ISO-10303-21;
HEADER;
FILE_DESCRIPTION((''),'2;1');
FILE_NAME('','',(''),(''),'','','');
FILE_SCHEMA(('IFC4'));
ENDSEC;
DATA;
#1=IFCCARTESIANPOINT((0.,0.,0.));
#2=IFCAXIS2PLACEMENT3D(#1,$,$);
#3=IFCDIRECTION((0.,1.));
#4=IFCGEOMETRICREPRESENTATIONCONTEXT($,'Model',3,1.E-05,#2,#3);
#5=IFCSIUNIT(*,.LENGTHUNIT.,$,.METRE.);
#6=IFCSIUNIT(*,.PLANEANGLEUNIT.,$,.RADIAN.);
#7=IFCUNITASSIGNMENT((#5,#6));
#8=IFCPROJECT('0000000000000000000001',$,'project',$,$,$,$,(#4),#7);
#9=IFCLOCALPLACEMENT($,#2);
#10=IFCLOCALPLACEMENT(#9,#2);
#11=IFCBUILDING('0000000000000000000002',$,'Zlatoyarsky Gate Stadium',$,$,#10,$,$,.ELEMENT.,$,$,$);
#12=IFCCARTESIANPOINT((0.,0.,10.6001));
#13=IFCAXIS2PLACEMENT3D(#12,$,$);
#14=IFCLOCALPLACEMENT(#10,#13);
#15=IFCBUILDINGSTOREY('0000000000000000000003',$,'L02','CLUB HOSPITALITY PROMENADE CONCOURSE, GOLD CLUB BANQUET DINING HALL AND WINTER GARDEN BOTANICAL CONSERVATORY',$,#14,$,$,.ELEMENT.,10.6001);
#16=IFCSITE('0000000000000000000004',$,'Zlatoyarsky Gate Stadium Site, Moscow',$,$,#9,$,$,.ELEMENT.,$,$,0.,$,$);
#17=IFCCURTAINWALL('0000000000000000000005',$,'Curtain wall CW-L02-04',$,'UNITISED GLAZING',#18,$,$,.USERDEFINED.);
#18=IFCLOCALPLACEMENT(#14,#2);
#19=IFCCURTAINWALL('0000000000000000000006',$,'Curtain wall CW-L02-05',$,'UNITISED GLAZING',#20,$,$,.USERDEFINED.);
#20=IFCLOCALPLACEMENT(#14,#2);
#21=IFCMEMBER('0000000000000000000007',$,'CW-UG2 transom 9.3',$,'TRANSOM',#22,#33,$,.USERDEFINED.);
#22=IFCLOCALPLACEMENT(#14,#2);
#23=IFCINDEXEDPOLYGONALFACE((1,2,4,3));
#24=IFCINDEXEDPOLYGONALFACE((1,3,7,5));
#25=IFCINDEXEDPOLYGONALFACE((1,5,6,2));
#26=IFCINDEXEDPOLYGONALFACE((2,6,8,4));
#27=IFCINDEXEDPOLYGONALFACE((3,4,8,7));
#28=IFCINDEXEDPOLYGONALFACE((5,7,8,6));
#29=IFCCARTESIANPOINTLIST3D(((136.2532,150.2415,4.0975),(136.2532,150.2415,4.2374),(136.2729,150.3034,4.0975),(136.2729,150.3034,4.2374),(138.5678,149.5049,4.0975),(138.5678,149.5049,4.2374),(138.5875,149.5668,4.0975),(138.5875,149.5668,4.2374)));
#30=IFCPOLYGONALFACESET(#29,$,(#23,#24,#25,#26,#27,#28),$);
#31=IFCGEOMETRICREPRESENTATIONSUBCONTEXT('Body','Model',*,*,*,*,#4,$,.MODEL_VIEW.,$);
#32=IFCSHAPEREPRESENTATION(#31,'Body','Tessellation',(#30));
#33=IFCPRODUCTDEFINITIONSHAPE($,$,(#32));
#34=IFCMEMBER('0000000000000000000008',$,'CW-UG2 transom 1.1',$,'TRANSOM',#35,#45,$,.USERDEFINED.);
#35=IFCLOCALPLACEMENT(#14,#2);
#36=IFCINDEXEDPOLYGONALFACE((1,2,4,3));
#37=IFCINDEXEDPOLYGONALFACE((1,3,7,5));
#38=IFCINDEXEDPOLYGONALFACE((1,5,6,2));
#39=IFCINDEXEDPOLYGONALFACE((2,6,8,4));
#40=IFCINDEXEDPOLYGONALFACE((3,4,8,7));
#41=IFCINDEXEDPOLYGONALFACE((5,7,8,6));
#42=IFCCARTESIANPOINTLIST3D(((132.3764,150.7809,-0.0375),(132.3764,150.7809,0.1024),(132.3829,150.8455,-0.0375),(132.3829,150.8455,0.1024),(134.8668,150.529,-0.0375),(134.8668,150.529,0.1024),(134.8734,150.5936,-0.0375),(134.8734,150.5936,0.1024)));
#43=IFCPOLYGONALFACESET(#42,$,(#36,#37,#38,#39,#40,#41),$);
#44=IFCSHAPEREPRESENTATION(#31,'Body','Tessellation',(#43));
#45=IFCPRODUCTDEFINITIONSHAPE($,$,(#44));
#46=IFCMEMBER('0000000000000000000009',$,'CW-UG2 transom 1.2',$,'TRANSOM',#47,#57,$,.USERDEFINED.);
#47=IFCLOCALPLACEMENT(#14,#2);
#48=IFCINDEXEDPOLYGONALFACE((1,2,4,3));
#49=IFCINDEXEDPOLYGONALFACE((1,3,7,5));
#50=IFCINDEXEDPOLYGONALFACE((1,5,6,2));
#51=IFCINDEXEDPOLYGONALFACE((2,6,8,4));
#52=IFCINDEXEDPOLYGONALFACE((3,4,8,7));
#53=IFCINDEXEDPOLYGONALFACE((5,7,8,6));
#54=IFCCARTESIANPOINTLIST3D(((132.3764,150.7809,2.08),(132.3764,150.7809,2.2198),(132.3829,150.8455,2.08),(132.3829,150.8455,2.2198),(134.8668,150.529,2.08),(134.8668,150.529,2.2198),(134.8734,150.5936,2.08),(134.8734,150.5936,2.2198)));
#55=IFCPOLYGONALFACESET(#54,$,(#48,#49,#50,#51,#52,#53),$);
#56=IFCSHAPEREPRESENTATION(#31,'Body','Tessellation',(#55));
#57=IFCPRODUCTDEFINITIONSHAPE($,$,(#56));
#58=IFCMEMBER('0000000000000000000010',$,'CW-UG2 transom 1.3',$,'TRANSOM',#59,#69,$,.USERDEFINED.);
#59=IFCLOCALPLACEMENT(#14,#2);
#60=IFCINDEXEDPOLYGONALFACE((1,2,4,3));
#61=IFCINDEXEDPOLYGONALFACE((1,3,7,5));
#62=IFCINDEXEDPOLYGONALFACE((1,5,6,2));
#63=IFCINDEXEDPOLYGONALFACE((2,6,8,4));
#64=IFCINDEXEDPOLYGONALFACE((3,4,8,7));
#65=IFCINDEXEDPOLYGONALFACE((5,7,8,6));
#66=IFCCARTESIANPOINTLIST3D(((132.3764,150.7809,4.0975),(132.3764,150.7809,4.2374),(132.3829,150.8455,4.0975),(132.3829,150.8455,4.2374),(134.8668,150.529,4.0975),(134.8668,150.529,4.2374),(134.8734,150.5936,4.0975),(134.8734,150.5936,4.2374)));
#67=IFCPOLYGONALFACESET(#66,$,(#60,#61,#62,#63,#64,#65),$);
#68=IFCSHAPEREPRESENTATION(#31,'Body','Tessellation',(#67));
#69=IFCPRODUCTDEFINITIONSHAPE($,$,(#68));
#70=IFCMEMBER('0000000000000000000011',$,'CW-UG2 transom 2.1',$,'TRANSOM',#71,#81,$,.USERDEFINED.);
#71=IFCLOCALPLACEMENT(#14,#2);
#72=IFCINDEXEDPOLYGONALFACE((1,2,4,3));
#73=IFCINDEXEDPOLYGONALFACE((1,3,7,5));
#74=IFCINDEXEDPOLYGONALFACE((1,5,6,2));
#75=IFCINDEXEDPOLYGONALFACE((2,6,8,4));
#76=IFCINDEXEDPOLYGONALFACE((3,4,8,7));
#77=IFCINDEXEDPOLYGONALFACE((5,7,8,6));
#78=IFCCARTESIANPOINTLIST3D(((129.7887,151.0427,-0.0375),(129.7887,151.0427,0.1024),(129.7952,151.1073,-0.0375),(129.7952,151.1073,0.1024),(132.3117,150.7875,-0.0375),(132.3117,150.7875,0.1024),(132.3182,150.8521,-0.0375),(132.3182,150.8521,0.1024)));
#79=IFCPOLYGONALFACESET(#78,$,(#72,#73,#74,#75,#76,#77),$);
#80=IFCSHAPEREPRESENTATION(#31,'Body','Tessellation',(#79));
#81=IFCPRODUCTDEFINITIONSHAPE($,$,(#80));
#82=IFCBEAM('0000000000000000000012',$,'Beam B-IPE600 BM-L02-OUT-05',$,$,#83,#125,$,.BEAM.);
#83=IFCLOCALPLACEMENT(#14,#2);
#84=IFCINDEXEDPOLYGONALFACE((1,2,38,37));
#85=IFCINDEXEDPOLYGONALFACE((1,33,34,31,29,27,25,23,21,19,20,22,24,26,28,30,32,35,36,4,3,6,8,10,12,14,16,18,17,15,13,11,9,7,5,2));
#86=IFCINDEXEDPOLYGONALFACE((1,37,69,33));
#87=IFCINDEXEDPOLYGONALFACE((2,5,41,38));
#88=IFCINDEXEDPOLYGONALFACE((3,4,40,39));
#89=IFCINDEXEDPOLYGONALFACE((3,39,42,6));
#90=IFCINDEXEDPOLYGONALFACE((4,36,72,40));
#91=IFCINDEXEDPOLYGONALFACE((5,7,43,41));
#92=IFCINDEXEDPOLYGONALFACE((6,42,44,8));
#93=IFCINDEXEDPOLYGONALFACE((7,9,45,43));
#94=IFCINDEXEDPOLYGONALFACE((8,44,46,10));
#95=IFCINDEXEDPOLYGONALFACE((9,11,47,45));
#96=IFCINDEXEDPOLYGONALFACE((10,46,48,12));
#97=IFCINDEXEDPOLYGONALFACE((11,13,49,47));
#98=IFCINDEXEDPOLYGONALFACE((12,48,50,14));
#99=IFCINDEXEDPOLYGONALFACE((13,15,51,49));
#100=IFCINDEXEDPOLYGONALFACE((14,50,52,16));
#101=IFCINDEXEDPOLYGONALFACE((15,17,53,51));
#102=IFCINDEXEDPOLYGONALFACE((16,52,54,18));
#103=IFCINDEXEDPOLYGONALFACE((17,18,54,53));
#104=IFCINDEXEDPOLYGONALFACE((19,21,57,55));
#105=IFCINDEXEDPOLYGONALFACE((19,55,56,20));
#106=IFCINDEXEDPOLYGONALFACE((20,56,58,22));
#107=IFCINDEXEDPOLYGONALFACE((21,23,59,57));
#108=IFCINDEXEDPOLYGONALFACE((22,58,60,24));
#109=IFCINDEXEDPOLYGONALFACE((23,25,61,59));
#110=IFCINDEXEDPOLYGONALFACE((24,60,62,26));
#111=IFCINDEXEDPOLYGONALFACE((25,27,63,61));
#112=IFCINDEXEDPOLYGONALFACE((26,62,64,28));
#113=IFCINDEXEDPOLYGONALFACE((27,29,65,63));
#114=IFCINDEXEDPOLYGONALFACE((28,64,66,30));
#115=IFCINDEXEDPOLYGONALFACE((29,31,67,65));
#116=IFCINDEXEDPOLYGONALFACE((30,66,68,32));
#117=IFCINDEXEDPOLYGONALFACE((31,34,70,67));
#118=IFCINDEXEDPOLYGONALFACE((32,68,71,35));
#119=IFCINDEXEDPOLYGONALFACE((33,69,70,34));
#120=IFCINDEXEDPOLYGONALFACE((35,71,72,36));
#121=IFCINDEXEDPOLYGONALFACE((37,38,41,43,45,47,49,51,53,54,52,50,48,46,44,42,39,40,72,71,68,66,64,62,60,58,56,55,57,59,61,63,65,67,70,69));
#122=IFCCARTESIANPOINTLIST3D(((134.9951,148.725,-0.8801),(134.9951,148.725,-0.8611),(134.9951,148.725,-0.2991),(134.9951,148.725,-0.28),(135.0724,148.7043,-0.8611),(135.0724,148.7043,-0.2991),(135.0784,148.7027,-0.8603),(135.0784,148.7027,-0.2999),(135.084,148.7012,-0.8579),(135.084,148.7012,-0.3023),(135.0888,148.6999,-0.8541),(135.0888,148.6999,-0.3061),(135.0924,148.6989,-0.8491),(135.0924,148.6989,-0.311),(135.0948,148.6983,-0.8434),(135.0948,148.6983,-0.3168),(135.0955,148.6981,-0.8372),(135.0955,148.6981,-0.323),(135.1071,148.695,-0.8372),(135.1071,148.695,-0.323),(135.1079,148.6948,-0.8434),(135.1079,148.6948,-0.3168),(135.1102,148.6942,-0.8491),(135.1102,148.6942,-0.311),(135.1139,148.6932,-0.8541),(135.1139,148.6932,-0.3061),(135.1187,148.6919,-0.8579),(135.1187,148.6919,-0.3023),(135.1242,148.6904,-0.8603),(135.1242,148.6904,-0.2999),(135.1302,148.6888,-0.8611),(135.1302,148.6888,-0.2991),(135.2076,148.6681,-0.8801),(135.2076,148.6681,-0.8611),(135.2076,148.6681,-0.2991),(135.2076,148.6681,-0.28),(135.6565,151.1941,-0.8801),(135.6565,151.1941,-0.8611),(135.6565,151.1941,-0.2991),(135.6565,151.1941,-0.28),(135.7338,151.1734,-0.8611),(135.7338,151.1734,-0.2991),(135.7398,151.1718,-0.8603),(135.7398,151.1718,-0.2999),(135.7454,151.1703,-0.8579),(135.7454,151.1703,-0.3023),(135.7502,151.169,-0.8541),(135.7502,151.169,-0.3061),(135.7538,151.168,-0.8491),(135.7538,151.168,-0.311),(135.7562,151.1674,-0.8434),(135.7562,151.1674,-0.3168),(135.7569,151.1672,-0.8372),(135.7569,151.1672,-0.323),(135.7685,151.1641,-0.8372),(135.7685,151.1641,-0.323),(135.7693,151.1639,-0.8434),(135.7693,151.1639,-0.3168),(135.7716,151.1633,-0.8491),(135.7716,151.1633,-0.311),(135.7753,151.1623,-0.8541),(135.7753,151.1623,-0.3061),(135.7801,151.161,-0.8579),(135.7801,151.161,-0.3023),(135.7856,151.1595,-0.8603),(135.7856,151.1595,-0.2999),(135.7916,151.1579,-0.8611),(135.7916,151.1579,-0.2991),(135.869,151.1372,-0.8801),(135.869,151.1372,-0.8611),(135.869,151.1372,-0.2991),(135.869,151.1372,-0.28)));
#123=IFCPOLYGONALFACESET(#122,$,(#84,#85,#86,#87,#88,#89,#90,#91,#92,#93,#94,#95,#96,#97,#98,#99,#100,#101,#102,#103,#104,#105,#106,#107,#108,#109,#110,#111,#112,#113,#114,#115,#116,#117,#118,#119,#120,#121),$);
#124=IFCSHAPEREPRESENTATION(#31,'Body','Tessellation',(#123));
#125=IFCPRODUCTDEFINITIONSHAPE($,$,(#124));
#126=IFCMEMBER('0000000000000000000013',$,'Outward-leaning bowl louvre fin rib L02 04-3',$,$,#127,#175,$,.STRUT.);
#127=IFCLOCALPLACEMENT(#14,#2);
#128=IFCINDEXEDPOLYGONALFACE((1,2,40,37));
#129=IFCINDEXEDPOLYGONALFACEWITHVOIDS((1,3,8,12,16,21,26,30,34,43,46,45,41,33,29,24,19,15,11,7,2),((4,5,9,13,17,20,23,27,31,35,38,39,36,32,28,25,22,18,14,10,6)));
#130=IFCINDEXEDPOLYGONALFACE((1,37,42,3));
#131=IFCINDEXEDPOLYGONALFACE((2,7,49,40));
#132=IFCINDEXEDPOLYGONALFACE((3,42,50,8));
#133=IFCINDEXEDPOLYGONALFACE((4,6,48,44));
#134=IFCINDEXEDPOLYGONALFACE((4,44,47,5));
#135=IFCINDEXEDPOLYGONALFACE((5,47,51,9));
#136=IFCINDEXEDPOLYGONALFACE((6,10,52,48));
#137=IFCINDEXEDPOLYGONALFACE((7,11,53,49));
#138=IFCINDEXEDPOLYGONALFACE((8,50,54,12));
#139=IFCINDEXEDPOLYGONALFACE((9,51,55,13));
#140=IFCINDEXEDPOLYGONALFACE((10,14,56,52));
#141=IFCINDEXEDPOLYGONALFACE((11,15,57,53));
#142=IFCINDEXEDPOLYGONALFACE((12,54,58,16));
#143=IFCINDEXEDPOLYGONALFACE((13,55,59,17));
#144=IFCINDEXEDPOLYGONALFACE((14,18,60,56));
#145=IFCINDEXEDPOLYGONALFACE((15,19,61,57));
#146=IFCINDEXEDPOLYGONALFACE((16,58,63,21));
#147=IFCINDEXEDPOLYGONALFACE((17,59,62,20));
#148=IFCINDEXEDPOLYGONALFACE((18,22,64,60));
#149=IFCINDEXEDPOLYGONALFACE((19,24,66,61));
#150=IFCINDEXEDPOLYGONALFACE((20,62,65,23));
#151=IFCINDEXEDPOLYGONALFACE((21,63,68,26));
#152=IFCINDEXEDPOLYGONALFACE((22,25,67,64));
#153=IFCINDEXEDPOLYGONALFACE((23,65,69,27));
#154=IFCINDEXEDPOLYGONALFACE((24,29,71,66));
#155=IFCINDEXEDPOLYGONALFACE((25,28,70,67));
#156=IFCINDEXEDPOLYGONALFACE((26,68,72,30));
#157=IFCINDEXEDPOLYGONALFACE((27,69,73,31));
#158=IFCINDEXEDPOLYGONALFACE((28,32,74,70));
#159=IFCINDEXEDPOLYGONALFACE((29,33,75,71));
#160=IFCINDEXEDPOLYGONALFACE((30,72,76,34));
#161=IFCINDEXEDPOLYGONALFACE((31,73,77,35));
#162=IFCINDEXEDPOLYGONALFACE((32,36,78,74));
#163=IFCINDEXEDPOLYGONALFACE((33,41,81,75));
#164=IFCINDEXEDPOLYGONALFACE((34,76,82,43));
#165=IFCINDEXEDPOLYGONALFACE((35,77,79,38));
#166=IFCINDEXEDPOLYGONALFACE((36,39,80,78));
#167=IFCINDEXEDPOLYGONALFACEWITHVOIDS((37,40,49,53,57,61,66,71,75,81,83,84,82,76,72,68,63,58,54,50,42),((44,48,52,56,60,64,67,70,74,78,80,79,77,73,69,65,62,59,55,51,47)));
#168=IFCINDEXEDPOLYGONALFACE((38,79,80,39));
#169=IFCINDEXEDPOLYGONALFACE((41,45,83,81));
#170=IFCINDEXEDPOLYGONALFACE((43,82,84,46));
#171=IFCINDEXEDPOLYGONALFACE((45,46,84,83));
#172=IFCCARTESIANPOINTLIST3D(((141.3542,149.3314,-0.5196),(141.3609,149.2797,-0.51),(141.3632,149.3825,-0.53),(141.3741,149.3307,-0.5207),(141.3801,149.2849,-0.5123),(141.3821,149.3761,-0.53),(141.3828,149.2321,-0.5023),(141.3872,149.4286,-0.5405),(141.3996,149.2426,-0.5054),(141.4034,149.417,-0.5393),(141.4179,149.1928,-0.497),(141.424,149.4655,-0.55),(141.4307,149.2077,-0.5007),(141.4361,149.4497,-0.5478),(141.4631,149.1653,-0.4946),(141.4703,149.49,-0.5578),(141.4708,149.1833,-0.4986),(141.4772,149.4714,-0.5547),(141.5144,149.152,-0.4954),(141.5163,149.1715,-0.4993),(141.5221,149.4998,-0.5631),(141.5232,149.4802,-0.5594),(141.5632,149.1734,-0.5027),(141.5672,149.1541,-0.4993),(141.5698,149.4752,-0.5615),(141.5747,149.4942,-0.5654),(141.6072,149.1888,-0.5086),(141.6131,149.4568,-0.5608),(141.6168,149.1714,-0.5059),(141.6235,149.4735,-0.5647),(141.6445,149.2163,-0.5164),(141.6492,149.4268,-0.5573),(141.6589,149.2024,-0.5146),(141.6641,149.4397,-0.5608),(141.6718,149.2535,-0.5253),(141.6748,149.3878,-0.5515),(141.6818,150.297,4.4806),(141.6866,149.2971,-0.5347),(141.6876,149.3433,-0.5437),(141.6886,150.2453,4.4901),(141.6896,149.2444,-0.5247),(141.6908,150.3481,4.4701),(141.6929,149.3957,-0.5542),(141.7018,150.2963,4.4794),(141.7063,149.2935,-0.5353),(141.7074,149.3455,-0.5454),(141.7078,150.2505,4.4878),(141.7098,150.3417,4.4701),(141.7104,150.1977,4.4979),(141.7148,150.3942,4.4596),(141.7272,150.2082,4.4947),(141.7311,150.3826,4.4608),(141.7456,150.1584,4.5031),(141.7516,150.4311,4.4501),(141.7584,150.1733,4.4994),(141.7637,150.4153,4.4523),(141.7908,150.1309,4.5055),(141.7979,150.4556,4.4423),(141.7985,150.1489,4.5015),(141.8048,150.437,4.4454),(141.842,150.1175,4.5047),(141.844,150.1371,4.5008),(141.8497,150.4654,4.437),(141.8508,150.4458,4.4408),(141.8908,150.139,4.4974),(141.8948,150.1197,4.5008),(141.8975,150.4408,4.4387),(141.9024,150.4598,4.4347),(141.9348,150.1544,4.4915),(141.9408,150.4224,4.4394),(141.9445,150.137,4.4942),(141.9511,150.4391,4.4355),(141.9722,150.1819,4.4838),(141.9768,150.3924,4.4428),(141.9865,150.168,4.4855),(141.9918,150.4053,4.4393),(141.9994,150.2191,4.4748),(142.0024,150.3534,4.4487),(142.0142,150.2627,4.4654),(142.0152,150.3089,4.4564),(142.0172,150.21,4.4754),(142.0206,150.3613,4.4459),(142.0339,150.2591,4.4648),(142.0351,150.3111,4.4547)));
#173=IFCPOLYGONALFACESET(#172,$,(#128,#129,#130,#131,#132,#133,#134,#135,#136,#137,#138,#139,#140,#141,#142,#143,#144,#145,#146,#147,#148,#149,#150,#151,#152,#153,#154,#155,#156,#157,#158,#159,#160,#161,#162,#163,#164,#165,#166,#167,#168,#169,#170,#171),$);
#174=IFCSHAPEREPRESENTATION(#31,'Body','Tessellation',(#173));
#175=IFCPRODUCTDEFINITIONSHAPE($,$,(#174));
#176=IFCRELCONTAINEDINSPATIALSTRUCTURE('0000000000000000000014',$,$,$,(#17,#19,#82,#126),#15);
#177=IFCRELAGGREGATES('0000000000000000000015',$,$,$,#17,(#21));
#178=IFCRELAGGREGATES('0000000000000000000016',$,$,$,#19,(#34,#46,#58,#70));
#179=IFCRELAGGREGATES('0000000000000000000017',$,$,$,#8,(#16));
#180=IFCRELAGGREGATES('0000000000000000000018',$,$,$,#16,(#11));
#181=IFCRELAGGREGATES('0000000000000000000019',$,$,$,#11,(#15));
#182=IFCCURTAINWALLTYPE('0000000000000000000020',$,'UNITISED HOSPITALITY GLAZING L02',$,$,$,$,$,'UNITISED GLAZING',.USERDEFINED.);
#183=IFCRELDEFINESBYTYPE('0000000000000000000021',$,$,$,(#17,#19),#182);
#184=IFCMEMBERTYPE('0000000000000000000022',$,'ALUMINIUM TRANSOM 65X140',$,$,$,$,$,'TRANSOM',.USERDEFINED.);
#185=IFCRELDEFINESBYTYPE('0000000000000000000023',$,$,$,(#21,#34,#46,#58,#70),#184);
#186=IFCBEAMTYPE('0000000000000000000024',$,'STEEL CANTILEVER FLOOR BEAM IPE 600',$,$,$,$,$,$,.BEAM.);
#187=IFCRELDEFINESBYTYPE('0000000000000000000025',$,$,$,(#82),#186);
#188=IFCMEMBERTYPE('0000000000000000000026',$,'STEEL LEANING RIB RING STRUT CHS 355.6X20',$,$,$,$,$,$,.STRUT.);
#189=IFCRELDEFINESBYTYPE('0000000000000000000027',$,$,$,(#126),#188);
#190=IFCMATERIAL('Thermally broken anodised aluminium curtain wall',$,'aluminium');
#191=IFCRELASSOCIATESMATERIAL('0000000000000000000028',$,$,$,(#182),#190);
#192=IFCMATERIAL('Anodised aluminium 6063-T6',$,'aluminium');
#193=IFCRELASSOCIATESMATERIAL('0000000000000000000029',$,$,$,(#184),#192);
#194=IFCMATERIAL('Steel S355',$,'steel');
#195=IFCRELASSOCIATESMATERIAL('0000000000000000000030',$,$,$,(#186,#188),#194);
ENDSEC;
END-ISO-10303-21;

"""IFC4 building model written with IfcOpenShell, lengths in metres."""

from ifc_helpers import new_model, si_unit, direction, frame, origin, origin_2d, place, context, subcontext, project, spatial, rectangle, hollow_circle, i_section, extrude, material, material_profile, profile_set, type_object, element, aggregate, save


model = new_model("IFC4")

# Units and contexts
model_context = context("Model", 3, precision=1e-05, world=origin(), true_north=direction((0.0, 1.0)))
body_context = subcontext(model_context, "Body", "Model", "MODEL_VIEW")
ifc_project = project(units=[si_unit("LENGTHUNIT", "METRE"), si_unit("PLANEANGLEUNIT", "RADIAN")], contexts=[model_context])

# Site, building, storey
site_placement = place(None, origin())
site = spatial("IfcSite", under=ifc_project, at=site_placement, Name="Zlatoyarsky Gate Stadium Site, Moscow", CompositionType="ELEMENT", RefElevation=0.0)
building_placement = place(site_placement, origin())
building = spatial("IfcBuilding", under=site, at=building_placement, Name="Zlatoyarsky Gate Stadium", CompositionType="ELEMENT")
storey_placement = place(building_placement, frame((0.0, 0.0, 10.6001)))
storey = spatial("IfcBuildingStorey", under=building, at=storey_placement, Name="L02", Description="CLUB HOSPITALITY PROMENADE CONCOURSE, GOLD CLUB BANQUET DINING HALL AND WINTER GARDEN BOTANICAL CONSERVATORY", CompositionType="ELEMENT", Elevation=10.6001)

# Shared definitions
ifc_material_1 = material(Name="Steel S355", Category="steel")

# Curtain walls
ifc_material_2 = material(Name="Thermally broken anodised aluminium curtain wall", Category="aluminium")
curtain_wall_type = type_object("IfcCurtainWallType", Name="UNITISED HOSPITALITY GLAZING L02", ElementType="UNITISED GLAZING", PredefinedType="USERDEFINED", material=ifc_material_2)
curtain_wall_1_placement = place(storey_placement, origin())
curtain_wall_1 = element("IfcCurtainWall", 1, at=curtain_wall_1_placement, inside=storey, type_object=curtain_wall_type, Name="Curtain wall CW-L02-04", ObjectType="UNITISED GLAZING", PredefinedType="USERDEFINED")
ifc_material_3 = material(Name="Anodised aluminium 6063-T6", Category="aluminium")
curtain_wall_2_placement = place(storey_placement, origin())
curtain_wall_2 = element("IfcCurtainWall", 2, at=curtain_wall_2_placement, inside=storey, type_object=curtain_wall_type, Name="Curtain wall CW-L02-05", ObjectType="UNITISED GLAZING", PredefinedType="USERDEFINED")

# Members
ifc_material_profile_1 = material_profile(ifc_material_3, rectangle(XDim=0.0649, YDim=0.1399, at=origin_2d()), Name="ALU 65X140")
ifc_profile_set_1 = profile_set([ifc_material_profile_1], Name="Anodised aluminium 6063-T6")
member_type_1 = type_object("IfcMemberType", Name="ALUMINIUM TRANSOM 65X140", ElementType="TRANSOM", PredefinedType="USERDEFINED", material=ifc_profile_set_1)
member_1_placement = place(storey_placement, frame((138.5776, 149.5359, 4.1675), z_axis=(-0.952917, 0.303233, 0.0), x_axis=(-0.303233, -0.952917, 0.0)))
member_1 = element("IfcMember", 3, at=member_1_placement, type_object=member_type_1, Name="CW-UG2 transom 9.3", ObjectType="TRANSOM", PredefinedType="USERDEFINED", context=body_context, shape_type="SweptSolid", body=[
    extrude(rectangle(XDim=0.0649, YDim=0.1399, at=origin_2d()), origin(), (0.0, 0.0, 1.0), 2.429),
])
member_2_placement = place(storey_placement, frame((134.8701, 150.5613, 0.0325), z_axis=(-0.994922, 0.100653, 0.0), x_axis=(-0.100653, -0.994922, 0.0)))
member_2 = element("IfcMember", 4, at=member_2_placement, type_object=member_type_1, Name="CW-UG2 transom 1.1", ObjectType="TRANSOM", PredefinedType="USERDEFINED", context=body_context, shape_type="SweptSolid", body=[
    extrude(rectangle(XDim=0.0649, YDim=0.1399, at=origin_2d()), origin(), (0.0, 0.0, 1.0), 2.5032),
])
member_3_placement = place(storey_placement, frame((134.8701, 150.5613, 2.1499), z_axis=(-0.994922, 0.100653, 0.0), x_axis=(-0.100653, -0.994922, 0.0)))
member_3 = element("IfcMember", 5, at=member_3_placement, type_object=member_type_1, Name="CW-UG2 transom 1.2", ObjectType="TRANSOM", PredefinedType="USERDEFINED", context=body_context, shape_type="SweptSolid", body=[
    extrude(rectangle(XDim=0.0649, YDim=0.1399, at=origin_2d()), origin(), (0.0, 0.0, 1.0), 2.5032),
])
member_4_placement = place(storey_placement, frame((134.8701, 150.5613, 4.1675), z_axis=(-0.994922, 0.100653, 0.0), x_axis=(-0.100653, -0.994922, 0.0)))
member_4 = element("IfcMember", 6, at=member_4_placement, type_object=member_type_1, Name="CW-UG2 transom 1.3", ObjectType="TRANSOM", PredefinedType="USERDEFINED", context=body_context, shape_type="SweptSolid", body=[
    extrude(rectangle(XDim=0.0649, YDim=0.1399, at=origin_2d()), origin(), (0.0, 0.0, 1.0), 2.5032),
])
member_5_placement = place(storey_placement, frame((132.3149, 150.8198, 0.0325), z_axis=(-0.994926, 0.100609, 0.0), x_axis=(-0.100609, -0.994926, 0.0)))
member_5 = element("IfcMember", 7, at=member_5_placement, type_object=member_type_1, Name="CW-UG2 transom 2.1", ObjectType="TRANSOM", PredefinedType="USERDEFINED", context=body_context, shape_type="SweptSolid", body=[
    extrude(rectangle(XDim=0.0649, YDim=0.1399, at=origin_2d()), origin(), (0.0, 0.0, 1.0), 2.5359),
])

# Beam
ifc_material_profile_2 = material_profile(ifc_material_1, i_section(OverallWidth=0.22, OverallDepth=0.6001, WebThickness=0.012, FlangeThickness=0.019, FilletRadius=0.0239, at=origin_2d()), Name="IPE 600")
ifc_profile_set_2 = profile_set([ifc_material_profile_2], Name="Steel S355")
beam_type_1 = type_object("IfcBeamType", Name="STEEL CANTILEVER FLOOR BEAM IPE 600", PredefinedType="BEAM", material=ifc_profile_set_2)
beam_1_placement = place(storey_placement, frame((135.1013, 148.6965, -0.5801), z_axis=(0.25875, 0.965944, 0.0), x_axis=(-0.965944, 0.25875, 0.0)))
element("IfcBeam", 8, at=beam_1_placement, inside=storey, type_object=beam_type_1, Name="Beam B-IPE600 BM-L02-OUT-05", PredefinedType="BEAM", context=body_context, shape_type="SweptSolid", body=[
    extrude(i_section(OverallWidth=0.22, OverallDepth=0.6001, WebThickness=0.012, FlangeThickness=0.019, FilletRadius=0.0239, at=origin_2d()), origin(), (0.0, 0.0, 1.0), 2.5562),
])

# Member
ifc_material_profile_3 = material_profile(ifc_material_1, hollow_circle(Radius=0.1777, WallThickness=0.02, at=origin_2d()), Name="CHS 355.6X20")
ifc_profile_set_3 = profile_set([ifc_material_profile_3], Name="Steel S355")
member_type_2 = type_object("IfcMemberType", Name="STEEL LEANING RIB RING STRUT CHS 355.6X20", PredefinedType="STRUT", material=ifc_profile_set_3)
member_6_placement = place(storey_placement, frame((141.5315, 149.3254, -0.53), z_axis=(0.064206, 0.189221, 0.979833), x_axis=(-0.94697, 0.321323, 0.0)))
element("IfcMember", 9, at=member_6_placement, inside=storey, type_object=member_type_2, Name="Outward-leaning bowl louvre fin rib L02 04-3", PredefinedType="STRUT", context=body_context, shape_type="SweptSolid", body=[
    extrude(hollow_circle(Radius=0.1777, WallThickness=0.02, at=origin_2d()), origin(), (0.0, 0.0, 1.0), 5.103),
])

aggregate(curtain_wall_1, [member_1])
aggregate(curtain_wall_2, [member_2, member_3, member_4, member_5])

save(model, "model.ifc")
